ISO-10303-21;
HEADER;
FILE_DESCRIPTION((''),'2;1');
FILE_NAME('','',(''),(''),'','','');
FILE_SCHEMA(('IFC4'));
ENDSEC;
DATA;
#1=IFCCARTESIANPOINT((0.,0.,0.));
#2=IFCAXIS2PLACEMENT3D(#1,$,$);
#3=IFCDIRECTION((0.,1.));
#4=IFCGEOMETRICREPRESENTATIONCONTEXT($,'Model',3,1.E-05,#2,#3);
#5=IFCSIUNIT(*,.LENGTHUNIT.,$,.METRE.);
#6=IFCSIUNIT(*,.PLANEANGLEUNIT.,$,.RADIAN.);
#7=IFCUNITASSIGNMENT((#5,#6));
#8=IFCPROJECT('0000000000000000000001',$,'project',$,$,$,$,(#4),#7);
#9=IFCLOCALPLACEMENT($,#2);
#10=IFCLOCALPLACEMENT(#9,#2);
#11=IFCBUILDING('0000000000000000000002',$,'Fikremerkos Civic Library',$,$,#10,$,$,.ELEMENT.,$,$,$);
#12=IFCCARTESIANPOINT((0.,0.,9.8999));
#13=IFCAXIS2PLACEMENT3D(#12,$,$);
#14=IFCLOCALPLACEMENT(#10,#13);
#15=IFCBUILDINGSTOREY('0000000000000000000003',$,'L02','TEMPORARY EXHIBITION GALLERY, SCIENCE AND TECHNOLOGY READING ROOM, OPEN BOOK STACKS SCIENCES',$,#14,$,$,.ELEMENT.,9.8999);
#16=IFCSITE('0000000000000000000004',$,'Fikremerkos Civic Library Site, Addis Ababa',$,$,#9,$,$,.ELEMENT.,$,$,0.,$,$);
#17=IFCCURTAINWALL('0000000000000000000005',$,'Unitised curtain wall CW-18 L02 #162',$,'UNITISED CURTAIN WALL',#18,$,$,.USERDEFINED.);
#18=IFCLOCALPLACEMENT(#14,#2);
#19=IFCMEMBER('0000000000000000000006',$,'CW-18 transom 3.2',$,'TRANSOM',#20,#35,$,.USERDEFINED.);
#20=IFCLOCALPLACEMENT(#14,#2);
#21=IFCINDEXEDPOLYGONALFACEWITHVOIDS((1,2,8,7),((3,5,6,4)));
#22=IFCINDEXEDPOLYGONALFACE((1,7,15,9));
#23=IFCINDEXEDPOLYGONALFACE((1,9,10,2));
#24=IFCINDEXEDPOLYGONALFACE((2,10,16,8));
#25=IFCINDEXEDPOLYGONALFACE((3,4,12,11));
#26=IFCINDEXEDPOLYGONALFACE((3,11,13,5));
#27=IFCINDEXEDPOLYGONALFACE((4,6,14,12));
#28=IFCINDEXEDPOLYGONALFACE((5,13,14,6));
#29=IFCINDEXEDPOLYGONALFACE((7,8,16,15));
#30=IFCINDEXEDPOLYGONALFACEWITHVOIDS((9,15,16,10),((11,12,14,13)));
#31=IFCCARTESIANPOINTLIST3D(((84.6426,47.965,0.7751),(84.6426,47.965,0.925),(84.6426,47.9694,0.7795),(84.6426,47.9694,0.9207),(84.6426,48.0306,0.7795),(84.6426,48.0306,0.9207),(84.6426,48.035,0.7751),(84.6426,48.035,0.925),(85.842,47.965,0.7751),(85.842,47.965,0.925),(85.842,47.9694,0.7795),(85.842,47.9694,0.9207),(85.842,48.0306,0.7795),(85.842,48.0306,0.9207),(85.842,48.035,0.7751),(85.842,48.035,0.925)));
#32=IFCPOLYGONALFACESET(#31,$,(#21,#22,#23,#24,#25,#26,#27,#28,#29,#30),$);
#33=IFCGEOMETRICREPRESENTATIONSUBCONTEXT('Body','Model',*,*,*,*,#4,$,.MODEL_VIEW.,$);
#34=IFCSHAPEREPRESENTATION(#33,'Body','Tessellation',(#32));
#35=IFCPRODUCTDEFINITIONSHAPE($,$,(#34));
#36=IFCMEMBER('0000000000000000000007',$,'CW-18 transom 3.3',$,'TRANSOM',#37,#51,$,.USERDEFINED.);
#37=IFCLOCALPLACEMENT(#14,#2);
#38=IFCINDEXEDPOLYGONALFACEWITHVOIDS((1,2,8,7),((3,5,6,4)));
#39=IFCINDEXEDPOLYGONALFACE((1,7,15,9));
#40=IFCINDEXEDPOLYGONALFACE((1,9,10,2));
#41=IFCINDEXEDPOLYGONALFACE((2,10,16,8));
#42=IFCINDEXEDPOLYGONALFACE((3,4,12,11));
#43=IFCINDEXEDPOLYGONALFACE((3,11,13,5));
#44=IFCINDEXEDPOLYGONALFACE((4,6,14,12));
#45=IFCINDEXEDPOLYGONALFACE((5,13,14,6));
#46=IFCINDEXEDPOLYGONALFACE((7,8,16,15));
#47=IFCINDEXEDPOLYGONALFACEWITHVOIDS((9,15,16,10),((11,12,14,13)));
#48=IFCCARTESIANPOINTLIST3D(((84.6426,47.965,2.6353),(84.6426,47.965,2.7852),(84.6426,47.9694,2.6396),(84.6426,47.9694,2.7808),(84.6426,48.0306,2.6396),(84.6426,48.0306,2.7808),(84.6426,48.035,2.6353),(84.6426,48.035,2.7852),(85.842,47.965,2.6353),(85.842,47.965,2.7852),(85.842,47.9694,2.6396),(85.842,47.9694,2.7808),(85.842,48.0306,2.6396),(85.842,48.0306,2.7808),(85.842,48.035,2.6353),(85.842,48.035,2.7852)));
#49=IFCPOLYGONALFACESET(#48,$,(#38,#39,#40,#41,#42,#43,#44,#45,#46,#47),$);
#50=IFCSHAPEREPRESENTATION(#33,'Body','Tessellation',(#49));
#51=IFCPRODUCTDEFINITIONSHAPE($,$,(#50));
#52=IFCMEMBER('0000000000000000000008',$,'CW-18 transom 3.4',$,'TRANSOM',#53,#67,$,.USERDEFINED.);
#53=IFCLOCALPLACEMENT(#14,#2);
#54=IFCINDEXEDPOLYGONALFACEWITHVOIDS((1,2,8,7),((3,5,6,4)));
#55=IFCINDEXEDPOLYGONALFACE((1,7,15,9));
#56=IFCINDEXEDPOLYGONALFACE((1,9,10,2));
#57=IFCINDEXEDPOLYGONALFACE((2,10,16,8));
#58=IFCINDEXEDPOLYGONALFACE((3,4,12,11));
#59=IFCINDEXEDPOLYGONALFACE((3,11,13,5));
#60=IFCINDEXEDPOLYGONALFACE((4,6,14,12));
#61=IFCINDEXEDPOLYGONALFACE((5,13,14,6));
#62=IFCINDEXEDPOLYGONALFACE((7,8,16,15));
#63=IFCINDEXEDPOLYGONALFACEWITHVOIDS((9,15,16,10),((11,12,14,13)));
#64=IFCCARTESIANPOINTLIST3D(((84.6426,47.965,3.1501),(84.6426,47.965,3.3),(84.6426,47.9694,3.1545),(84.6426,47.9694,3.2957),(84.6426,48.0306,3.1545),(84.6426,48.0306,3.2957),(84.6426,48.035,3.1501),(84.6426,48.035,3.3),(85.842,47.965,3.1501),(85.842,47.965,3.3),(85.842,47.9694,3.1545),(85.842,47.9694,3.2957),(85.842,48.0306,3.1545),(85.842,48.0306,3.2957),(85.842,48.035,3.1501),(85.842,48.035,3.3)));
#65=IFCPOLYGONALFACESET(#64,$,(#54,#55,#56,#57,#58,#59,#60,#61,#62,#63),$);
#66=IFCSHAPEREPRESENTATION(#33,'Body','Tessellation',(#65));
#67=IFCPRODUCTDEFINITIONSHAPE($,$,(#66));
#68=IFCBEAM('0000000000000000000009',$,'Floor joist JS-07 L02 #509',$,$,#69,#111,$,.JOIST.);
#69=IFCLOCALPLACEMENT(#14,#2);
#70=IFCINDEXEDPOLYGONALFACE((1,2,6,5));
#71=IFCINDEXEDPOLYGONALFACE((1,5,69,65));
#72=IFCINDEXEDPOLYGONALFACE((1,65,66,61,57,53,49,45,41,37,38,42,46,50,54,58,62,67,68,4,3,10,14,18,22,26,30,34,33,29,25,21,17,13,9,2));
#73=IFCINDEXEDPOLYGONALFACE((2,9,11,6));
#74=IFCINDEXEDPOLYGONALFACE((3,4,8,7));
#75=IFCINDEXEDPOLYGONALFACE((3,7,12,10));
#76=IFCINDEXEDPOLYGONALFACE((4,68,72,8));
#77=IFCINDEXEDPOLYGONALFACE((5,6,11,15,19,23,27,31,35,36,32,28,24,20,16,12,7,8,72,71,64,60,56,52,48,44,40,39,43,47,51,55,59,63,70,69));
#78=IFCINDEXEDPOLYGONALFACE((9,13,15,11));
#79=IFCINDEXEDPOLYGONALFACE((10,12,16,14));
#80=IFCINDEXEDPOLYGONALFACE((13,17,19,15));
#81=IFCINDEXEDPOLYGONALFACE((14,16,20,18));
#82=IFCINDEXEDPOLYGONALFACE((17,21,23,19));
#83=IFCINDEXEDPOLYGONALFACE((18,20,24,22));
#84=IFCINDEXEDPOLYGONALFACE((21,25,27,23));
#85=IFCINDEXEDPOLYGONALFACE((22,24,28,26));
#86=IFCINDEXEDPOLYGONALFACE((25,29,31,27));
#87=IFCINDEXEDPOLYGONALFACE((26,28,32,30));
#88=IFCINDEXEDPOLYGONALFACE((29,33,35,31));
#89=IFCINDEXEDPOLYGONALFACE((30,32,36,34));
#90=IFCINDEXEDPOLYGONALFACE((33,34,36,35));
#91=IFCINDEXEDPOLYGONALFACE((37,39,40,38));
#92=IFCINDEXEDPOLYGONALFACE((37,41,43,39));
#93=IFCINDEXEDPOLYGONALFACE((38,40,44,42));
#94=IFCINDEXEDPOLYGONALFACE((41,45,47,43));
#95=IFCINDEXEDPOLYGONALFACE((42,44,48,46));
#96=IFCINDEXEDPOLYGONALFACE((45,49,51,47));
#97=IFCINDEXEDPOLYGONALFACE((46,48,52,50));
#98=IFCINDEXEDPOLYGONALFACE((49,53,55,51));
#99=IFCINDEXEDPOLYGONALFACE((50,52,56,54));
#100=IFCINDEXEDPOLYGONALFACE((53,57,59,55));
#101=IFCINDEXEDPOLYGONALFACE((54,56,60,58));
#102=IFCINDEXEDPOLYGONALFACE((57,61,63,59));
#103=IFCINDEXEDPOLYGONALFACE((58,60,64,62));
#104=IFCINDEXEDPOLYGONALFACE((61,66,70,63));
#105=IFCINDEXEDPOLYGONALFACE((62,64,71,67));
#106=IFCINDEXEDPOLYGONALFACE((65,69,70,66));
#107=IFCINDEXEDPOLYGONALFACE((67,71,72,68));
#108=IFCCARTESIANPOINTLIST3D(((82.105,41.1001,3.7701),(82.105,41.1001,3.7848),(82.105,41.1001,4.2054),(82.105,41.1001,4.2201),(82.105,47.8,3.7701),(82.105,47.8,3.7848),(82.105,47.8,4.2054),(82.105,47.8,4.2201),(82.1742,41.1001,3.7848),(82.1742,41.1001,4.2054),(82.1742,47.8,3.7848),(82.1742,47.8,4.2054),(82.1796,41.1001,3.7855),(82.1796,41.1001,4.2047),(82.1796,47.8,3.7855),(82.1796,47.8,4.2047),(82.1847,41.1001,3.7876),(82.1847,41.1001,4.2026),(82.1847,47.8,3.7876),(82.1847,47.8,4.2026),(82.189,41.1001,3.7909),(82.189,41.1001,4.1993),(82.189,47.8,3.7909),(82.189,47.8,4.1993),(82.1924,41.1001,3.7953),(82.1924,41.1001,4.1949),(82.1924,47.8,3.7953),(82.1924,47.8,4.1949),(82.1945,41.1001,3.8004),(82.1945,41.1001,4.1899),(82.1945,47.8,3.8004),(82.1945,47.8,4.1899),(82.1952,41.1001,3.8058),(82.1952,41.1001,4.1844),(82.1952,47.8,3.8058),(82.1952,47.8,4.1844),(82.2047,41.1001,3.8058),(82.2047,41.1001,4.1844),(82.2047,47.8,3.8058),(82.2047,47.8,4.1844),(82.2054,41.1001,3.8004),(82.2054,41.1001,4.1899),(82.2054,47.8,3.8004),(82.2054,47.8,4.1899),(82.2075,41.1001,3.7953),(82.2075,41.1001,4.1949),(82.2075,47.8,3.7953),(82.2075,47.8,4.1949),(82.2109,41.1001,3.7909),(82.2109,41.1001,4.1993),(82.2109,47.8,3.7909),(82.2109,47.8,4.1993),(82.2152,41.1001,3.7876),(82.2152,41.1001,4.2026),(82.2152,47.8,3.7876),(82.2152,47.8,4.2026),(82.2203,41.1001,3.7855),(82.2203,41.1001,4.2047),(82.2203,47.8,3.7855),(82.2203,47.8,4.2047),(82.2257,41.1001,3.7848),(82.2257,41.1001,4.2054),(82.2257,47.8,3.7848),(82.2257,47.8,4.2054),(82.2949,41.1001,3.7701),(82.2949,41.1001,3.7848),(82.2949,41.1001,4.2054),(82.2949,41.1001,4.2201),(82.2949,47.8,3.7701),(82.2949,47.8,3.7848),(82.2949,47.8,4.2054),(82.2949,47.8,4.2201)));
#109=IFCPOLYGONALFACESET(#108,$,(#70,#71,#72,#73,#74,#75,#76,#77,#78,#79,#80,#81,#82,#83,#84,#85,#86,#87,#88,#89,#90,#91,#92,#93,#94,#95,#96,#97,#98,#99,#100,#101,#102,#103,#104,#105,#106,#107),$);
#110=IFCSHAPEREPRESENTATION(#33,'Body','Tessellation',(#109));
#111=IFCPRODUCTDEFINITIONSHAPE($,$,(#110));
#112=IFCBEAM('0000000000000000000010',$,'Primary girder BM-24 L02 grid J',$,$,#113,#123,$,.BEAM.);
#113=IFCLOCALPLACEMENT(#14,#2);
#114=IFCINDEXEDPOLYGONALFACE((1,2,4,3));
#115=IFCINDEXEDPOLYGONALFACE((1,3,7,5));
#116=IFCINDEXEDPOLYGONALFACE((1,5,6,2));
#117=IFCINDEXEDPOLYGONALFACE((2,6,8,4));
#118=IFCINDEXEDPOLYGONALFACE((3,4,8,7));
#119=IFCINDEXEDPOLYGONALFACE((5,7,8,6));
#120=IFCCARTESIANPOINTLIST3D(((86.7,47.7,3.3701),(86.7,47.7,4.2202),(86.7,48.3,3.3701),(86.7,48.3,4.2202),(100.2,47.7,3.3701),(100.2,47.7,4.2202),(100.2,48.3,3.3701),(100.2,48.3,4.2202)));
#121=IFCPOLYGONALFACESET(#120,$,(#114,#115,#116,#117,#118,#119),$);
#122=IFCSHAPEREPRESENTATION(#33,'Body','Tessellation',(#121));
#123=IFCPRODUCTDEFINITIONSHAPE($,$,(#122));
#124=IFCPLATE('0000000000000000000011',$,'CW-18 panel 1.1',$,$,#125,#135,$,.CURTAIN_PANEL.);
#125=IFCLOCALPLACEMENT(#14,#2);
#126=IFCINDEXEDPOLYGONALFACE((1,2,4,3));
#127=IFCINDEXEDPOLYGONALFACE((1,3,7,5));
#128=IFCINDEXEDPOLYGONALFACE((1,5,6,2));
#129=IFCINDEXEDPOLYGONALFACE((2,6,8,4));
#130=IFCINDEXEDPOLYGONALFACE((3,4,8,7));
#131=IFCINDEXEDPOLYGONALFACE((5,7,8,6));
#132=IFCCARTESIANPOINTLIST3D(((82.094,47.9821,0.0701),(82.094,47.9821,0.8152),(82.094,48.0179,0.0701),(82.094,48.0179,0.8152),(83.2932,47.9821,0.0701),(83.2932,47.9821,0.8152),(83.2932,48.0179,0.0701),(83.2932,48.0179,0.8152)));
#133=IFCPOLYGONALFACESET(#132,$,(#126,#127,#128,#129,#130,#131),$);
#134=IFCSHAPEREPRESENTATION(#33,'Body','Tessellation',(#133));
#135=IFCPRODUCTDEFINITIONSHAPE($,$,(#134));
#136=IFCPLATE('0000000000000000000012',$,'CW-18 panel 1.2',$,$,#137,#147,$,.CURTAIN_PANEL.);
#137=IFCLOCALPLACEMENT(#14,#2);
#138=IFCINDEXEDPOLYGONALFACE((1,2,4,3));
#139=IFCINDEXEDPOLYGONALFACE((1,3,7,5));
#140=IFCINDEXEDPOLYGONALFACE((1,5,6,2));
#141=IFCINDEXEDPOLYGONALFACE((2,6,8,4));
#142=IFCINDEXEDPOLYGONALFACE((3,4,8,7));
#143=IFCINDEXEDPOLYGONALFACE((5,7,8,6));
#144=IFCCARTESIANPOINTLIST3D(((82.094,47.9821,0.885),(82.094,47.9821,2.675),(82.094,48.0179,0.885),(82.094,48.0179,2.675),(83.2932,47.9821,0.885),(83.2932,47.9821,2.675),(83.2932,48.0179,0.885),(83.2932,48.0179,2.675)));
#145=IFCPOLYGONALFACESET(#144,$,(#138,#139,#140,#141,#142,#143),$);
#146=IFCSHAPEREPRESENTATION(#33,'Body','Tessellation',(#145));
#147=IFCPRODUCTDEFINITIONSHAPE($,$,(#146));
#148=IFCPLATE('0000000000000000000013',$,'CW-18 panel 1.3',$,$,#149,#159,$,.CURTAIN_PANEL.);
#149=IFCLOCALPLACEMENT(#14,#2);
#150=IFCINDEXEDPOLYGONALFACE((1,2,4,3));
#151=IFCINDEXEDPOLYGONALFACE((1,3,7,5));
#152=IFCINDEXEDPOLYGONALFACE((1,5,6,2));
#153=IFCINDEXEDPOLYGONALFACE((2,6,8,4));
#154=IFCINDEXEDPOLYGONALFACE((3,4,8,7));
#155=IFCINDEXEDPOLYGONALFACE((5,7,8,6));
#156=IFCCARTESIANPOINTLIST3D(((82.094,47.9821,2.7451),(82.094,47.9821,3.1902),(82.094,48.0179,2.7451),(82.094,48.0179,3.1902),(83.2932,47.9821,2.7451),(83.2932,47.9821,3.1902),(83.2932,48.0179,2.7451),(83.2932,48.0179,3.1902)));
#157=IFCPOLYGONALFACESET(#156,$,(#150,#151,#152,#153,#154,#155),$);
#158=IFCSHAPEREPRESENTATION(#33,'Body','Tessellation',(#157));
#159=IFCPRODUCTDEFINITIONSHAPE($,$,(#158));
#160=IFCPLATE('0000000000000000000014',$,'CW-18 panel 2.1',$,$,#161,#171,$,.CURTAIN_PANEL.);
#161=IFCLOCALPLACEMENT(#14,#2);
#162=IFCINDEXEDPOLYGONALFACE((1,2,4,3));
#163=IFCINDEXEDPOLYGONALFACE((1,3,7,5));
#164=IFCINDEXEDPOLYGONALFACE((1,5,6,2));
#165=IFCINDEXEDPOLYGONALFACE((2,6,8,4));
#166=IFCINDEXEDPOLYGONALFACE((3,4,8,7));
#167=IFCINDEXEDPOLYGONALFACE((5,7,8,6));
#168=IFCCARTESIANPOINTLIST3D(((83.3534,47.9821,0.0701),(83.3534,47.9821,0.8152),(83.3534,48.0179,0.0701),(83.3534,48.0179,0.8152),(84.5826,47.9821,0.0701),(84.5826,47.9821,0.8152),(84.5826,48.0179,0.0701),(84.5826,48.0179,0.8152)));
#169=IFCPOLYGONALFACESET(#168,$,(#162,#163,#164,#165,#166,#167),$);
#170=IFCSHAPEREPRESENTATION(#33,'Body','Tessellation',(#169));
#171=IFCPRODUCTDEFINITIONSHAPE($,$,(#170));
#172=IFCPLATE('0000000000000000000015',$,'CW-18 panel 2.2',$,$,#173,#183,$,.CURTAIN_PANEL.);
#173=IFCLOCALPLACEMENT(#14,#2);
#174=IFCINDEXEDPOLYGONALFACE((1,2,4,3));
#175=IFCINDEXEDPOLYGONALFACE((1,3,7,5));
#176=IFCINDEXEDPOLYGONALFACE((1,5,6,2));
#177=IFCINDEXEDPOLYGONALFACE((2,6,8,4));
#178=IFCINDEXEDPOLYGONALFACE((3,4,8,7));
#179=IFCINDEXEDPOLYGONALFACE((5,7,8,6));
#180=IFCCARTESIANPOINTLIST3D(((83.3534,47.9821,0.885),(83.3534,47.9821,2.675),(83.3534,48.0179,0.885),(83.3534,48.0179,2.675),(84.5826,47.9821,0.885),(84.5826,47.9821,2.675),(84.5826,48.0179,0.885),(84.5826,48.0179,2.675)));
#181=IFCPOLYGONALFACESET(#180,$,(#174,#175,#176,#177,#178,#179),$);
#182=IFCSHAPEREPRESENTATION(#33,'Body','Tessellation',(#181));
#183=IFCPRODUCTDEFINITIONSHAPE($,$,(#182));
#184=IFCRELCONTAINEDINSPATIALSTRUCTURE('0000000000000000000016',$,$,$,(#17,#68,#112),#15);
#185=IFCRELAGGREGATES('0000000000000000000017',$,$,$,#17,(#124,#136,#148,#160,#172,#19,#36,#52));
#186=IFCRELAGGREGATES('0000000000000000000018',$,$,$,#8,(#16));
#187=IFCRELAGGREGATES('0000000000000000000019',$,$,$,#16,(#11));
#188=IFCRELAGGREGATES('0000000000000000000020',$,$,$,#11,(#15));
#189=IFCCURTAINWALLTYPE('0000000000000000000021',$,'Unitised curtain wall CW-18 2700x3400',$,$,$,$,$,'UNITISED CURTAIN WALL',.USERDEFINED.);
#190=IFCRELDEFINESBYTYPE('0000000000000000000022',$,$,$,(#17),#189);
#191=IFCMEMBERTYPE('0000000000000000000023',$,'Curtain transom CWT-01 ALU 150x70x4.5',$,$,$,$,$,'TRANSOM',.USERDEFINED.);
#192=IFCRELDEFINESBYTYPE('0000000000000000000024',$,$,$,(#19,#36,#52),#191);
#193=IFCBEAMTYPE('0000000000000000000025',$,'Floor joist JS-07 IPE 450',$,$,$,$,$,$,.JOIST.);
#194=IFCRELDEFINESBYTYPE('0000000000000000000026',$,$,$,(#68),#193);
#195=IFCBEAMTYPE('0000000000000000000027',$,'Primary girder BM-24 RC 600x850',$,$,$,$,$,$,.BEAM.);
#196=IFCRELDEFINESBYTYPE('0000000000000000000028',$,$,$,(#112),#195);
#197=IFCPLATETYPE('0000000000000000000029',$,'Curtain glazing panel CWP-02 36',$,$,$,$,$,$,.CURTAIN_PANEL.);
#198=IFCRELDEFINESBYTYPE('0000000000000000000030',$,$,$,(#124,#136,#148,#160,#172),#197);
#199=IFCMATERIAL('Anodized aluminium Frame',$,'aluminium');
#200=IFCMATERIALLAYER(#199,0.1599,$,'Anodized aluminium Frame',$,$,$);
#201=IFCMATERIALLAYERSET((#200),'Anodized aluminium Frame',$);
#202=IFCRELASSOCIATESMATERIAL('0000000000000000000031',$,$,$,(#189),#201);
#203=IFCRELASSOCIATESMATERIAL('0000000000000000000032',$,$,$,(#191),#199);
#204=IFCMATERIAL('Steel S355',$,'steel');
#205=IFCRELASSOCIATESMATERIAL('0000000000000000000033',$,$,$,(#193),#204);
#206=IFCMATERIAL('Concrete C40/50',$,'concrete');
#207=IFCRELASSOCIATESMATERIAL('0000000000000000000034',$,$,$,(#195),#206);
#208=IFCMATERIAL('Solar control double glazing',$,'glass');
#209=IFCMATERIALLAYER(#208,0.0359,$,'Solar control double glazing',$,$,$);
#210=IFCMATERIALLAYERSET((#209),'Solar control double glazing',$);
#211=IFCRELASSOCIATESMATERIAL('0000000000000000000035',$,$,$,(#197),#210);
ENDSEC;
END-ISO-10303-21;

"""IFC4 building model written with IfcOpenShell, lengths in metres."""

from ifc_helpers import new_model, si_unit, direction, frame, origin, origin_2d, place, context, subcontext, project, spatial, rectangle, hollow_rectangle, i_section, extrude, material, layer, layer_set, material_profile, profile_set, type_object, element, aggregate, save


model = new_model("IFC4")

# Units and contexts
model_context = context("Model", 3, precision=1e-05, world=origin(), true_north=direction((0.0, 1.0)))
body_context = subcontext(model_context, "Body", "Model", "MODEL_VIEW")
ifc_project = project(units=[si_unit("LENGTHUNIT", "METRE"), si_unit("PLANEANGLEUNIT", "RADIAN")], contexts=[model_context])

# Site, building, storey
site_placement = place(None, origin())
site = spatial("IfcSite", under=ifc_project, at=site_placement, Name="Fikremerkos Civic Library Site, Addis Ababa", CompositionType="ELEMENT", RefElevation=0.0)
building_placement = place(site_placement, origin())
building = spatial("IfcBuilding", under=site, at=building_placement, Name="Fikremerkos Civic Library", CompositionType="ELEMENT")
storey_placement = place(building_placement, frame((0.0, 0.0, 9.8999)))
storey = spatial("IfcBuildingStorey", under=building, at=storey_placement, Name="L02", Description="TEMPORARY EXHIBITION GALLERY, SCIENCE AND TECHNOLOGY READING ROOM, OPEN BOOK STACKS SCIENCES", CompositionType="ELEMENT", Elevation=9.8999)

# Curtain wall, members
ifc_material_1 = material(Name="Anodized aluminium Frame", Category="aluminium")
ifc_layer_1 = layer(ifc_material_1, 0.1599, Name="Anodized aluminium Frame")
ifc_layer_set_1 = layer_set([ifc_layer_1], Name="Anodized aluminium Frame")
curtain_wall_type = type_object("IfcCurtainWallType", Name="Unitised curtain wall CW-18 2700x3400", ElementType="UNITISED CURTAIN WALL", PredefinedType="USERDEFINED", material=ifc_layer_set_1)
curtain_wall_placement = place(storey_placement, origin())
curtain_wall = element("IfcCurtainWall", 1, at=curtain_wall_placement, inside=storey, type_object=curtain_wall_type, Name="Unitised curtain wall CW-18 L02 #162", ObjectType="UNITISED CURTAIN WALL", PredefinedType="USERDEFINED")
ifc_material_profile_1 = material_profile(ifc_material_1, hollow_rectangle(XDim=0.0701, YDim=0.1499, WallThickness=0.0044, at=origin_2d()), Name="ALU 150x70x4.5")
ifc_profile_set_1 = profile_set([ifc_material_profile_1], Name="Anodized aluminium Frame")
member_type_1 = type_object("IfcMemberType", Name="Curtain transom CWT-01 ALU 150x70x4.5", ElementType="TRANSOM", PredefinedType="USERDEFINED", material=ifc_profile_set_1)
member_1_placement = place(storey_placement, frame((84.6426, 48.0, 0.8501), z_axis=(1.0, 0.0, 0.0), x_axis=(0.0, 1.0, 0.0)))
member_1 = element("IfcMember", 2, at=member_1_placement, type_object=member_type_1, Name="CW-18 transom 3.2", ObjectType="TRANSOM", PredefinedType="USERDEFINED", context=body_context, shape_type="SweptSolid", body=[
    extrude(hollow_rectangle(XDim=0.0701, YDim=0.1499, WallThickness=0.0044, at=origin_2d()), origin(), (0.0, 0.0, 1.0), 1.1995),
])
member_2_placement = place(storey_placement, frame((84.6426, 48.0, 2.7102), z_axis=(1.0, 0.0, 0.0), x_axis=(0.0, 1.0, 0.0)))
member_2 = element("IfcMember", 3, at=member_2_placement, type_object=member_type_1, Name="CW-18 transom 3.3", ObjectType="TRANSOM", PredefinedType="USERDEFINED", context=body_context, shape_type="SweptSolid", body=[
    extrude(hollow_rectangle(XDim=0.0701, YDim=0.1499, WallThickness=0.0044, at=origin_2d()), origin(), (0.0, 0.0, 1.0), 1.1995),
])
member_3_placement = place(storey_placement, frame((84.6426, 48.0, 3.2251), z_axis=(1.0, 0.0, 0.0), x_axis=(0.0, 1.0, 0.0)))
member_3 = element("IfcMember", 4, at=member_3_placement, type_object=member_type_1, Name="CW-18 transom 3.4", ObjectType="TRANSOM", PredefinedType="USERDEFINED", context=body_context, shape_type="SweptSolid", body=[
    extrude(hollow_rectangle(XDim=0.0701, YDim=0.1499, WallThickness=0.0044, at=origin_2d()), origin(), (0.0, 0.0, 1.0), 1.1995),
])

# Beams
ifc_material_2 = material(Name="Steel S355", Category="steel")
ifc_material_profile_2 = material_profile(ifc_material_2, i_section(OverallWidth=0.1899, OverallDepth=0.45, WebThickness=0.0095, FlangeThickness=0.0146, FilletRadius=0.021, at=origin_2d()), Name="IPE 450")
ifc_profile_set_2 = profile_set([ifc_material_profile_2], Name="Steel S355")
beam_type_1 = type_object("IfcBeamType", Name="Floor joist JS-07 IPE 450", PredefinedType="JOIST", material=ifc_profile_set_2)
beam_1_placement = place(storey_placement, frame((82.2, 41.1001, 3.9951), z_axis=(0.0, 1.0, 0.0), x_axis=(-1.0, 0.0, 0.0)))
element("IfcBeam", 5, at=beam_1_placement, inside=storey, type_object=beam_type_1, Name="Floor joist JS-07 L02 #509", PredefinedType="JOIST", context=body_context, shape_type="SweptSolid", body=[
    extrude(i_section(OverallWidth=0.1899, OverallDepth=0.45, WebThickness=0.0095, FlangeThickness=0.0146, FilletRadius=0.021, at=origin_2d()), origin(), (0.0, 0.0, 1.0), 6.7),
])
ifc_material_3 = material(Name="Concrete C40/50", Category="concrete")
ifc_material_profile_3 = material_profile(ifc_material_3, rectangle(XDim=0.6001, YDim=0.8501, at=origin_2d()), Name="RC 600x850")
ifc_profile_set_3 = profile_set([ifc_material_profile_3], Name="Concrete C40/50")
beam_type_2 = type_object("IfcBeamType", Name="Primary girder BM-24 RC 600x850", PredefinedType="BEAM", material=ifc_profile_set_3)
beam_2_placement = place(storey_placement, frame((86.7, 48.0, 3.7952), z_axis=(1.0, 0.0, 0.0), x_axis=(0.0, 1.0, 0.0)))
element("IfcBeam", 6, at=beam_2_placement, inside=storey, type_object=beam_type_2, Name="Primary girder BM-24 L02 grid J", PredefinedType="BEAM", context=body_context, shape_type="SweptSolid", body=[
    extrude(rectangle(XDim=0.6001, YDim=0.8501, at=origin_2d()), origin(), (0.0, 0.0, 1.0), 13.5),
])

# Plates
ifc_material_4 = material(Name="Solar control double glazing", Category="glass")
ifc_layer_2 = layer(ifc_material_4, 0.0359, Name="Solar control double glazing")
ifc_layer_set_2 = layer_set([ifc_layer_2], Name="Solar control double glazing")
plate_type = type_object("IfcPlateType", Name="Curtain glazing panel CWP-02 36", PredefinedType="CURTAIN_PANEL", material=ifc_layer_set_2)
plate_1_placement = place(storey_placement, frame((82.6936, 48.0, 0.0701), z_axis=(0.0, 0.0, 1.0), x_axis=(1.0, 0.0, 0.0)))
plate_1 = element("IfcPlate", 7, at=plate_1_placement, type_object=plate_type, Name="CW-18 panel 1.1", PredefinedType="CURTAIN_PANEL", context=body_context, shape_type="SweptSolid", body=[
    extrude(rectangle(XDim=1.1992, YDim=0.0359, at=origin_2d()), origin(), (0.0, 0.0, 1.0), 0.7451),
])
plate_2_placement = place(storey_placement, frame((82.6936, 48.0, 0.885), z_axis=(0.0, 0.0, 1.0), x_axis=(1.0, 0.0, 0.0)))
plate_2 = element("IfcPlate", 8, at=plate_2_placement, type_object=plate_type, Name="CW-18 panel 1.2", PredefinedType="CURTAIN_PANEL", context=body_context, shape_type="SweptSolid", body=[
    extrude(rectangle(XDim=1.1992, YDim=0.0359, at=origin_2d()), origin(), (0.0, 0.0, 1.0), 1.79),
])
plate_3_placement = place(storey_placement, frame((82.6936, 48.0, 2.7451), z_axis=(0.0, 0.0, 1.0), x_axis=(1.0, 0.0, 0.0)))
plate_3 = element("IfcPlate", 9, at=plate_3_placement, type_object=plate_type, Name="CW-18 panel 1.3", PredefinedType="CURTAIN_PANEL", context=body_context, shape_type="SweptSolid", body=[
    extrude(rectangle(XDim=1.1992, YDim=0.0359, at=origin_2d()), origin(), (0.0, 0.0, 1.0), 0.4451),
])
plate_4_placement = place(storey_placement, frame((83.968, 48.0, 0.0701), z_axis=(0.0, 0.0, 1.0), x_axis=(1.0, 0.0, 0.0)))
plate_4 = element("IfcPlate", 10, at=plate_4_placement, type_object=plate_type, Name="CW-18 panel 2.1", PredefinedType="CURTAIN_PANEL", context=body_context, shape_type="SweptSolid", body=[
    extrude(rectangle(XDim=1.2292, YDim=0.0359, at=origin_2d()), origin(), (0.0, 0.0, 1.0), 0.7451),
])
plate_5_placement = place(storey_placement, frame((83.968, 48.0, 0.885), z_axis=(0.0, 0.0, 1.0), x_axis=(1.0, 0.0, 0.0)))
plate_5 = element("IfcPlate", 11, at=plate_5_placement, type_object=plate_type, Name="CW-18 panel 2.2", PredefinedType="CURTAIN_PANEL", context=body_context, shape_type="SweptSolid", body=[
    extrude(rectangle(XDim=1.2292, YDim=0.0359, at=origin_2d()), origin(), (0.0, 0.0, 1.0), 1.79),
])
aggregate(curtain_wall, [plate_1, plate_2, plate_3, plate_4, plate_5, member_1, member_2, member_3])

save(model, "model.ifc")
